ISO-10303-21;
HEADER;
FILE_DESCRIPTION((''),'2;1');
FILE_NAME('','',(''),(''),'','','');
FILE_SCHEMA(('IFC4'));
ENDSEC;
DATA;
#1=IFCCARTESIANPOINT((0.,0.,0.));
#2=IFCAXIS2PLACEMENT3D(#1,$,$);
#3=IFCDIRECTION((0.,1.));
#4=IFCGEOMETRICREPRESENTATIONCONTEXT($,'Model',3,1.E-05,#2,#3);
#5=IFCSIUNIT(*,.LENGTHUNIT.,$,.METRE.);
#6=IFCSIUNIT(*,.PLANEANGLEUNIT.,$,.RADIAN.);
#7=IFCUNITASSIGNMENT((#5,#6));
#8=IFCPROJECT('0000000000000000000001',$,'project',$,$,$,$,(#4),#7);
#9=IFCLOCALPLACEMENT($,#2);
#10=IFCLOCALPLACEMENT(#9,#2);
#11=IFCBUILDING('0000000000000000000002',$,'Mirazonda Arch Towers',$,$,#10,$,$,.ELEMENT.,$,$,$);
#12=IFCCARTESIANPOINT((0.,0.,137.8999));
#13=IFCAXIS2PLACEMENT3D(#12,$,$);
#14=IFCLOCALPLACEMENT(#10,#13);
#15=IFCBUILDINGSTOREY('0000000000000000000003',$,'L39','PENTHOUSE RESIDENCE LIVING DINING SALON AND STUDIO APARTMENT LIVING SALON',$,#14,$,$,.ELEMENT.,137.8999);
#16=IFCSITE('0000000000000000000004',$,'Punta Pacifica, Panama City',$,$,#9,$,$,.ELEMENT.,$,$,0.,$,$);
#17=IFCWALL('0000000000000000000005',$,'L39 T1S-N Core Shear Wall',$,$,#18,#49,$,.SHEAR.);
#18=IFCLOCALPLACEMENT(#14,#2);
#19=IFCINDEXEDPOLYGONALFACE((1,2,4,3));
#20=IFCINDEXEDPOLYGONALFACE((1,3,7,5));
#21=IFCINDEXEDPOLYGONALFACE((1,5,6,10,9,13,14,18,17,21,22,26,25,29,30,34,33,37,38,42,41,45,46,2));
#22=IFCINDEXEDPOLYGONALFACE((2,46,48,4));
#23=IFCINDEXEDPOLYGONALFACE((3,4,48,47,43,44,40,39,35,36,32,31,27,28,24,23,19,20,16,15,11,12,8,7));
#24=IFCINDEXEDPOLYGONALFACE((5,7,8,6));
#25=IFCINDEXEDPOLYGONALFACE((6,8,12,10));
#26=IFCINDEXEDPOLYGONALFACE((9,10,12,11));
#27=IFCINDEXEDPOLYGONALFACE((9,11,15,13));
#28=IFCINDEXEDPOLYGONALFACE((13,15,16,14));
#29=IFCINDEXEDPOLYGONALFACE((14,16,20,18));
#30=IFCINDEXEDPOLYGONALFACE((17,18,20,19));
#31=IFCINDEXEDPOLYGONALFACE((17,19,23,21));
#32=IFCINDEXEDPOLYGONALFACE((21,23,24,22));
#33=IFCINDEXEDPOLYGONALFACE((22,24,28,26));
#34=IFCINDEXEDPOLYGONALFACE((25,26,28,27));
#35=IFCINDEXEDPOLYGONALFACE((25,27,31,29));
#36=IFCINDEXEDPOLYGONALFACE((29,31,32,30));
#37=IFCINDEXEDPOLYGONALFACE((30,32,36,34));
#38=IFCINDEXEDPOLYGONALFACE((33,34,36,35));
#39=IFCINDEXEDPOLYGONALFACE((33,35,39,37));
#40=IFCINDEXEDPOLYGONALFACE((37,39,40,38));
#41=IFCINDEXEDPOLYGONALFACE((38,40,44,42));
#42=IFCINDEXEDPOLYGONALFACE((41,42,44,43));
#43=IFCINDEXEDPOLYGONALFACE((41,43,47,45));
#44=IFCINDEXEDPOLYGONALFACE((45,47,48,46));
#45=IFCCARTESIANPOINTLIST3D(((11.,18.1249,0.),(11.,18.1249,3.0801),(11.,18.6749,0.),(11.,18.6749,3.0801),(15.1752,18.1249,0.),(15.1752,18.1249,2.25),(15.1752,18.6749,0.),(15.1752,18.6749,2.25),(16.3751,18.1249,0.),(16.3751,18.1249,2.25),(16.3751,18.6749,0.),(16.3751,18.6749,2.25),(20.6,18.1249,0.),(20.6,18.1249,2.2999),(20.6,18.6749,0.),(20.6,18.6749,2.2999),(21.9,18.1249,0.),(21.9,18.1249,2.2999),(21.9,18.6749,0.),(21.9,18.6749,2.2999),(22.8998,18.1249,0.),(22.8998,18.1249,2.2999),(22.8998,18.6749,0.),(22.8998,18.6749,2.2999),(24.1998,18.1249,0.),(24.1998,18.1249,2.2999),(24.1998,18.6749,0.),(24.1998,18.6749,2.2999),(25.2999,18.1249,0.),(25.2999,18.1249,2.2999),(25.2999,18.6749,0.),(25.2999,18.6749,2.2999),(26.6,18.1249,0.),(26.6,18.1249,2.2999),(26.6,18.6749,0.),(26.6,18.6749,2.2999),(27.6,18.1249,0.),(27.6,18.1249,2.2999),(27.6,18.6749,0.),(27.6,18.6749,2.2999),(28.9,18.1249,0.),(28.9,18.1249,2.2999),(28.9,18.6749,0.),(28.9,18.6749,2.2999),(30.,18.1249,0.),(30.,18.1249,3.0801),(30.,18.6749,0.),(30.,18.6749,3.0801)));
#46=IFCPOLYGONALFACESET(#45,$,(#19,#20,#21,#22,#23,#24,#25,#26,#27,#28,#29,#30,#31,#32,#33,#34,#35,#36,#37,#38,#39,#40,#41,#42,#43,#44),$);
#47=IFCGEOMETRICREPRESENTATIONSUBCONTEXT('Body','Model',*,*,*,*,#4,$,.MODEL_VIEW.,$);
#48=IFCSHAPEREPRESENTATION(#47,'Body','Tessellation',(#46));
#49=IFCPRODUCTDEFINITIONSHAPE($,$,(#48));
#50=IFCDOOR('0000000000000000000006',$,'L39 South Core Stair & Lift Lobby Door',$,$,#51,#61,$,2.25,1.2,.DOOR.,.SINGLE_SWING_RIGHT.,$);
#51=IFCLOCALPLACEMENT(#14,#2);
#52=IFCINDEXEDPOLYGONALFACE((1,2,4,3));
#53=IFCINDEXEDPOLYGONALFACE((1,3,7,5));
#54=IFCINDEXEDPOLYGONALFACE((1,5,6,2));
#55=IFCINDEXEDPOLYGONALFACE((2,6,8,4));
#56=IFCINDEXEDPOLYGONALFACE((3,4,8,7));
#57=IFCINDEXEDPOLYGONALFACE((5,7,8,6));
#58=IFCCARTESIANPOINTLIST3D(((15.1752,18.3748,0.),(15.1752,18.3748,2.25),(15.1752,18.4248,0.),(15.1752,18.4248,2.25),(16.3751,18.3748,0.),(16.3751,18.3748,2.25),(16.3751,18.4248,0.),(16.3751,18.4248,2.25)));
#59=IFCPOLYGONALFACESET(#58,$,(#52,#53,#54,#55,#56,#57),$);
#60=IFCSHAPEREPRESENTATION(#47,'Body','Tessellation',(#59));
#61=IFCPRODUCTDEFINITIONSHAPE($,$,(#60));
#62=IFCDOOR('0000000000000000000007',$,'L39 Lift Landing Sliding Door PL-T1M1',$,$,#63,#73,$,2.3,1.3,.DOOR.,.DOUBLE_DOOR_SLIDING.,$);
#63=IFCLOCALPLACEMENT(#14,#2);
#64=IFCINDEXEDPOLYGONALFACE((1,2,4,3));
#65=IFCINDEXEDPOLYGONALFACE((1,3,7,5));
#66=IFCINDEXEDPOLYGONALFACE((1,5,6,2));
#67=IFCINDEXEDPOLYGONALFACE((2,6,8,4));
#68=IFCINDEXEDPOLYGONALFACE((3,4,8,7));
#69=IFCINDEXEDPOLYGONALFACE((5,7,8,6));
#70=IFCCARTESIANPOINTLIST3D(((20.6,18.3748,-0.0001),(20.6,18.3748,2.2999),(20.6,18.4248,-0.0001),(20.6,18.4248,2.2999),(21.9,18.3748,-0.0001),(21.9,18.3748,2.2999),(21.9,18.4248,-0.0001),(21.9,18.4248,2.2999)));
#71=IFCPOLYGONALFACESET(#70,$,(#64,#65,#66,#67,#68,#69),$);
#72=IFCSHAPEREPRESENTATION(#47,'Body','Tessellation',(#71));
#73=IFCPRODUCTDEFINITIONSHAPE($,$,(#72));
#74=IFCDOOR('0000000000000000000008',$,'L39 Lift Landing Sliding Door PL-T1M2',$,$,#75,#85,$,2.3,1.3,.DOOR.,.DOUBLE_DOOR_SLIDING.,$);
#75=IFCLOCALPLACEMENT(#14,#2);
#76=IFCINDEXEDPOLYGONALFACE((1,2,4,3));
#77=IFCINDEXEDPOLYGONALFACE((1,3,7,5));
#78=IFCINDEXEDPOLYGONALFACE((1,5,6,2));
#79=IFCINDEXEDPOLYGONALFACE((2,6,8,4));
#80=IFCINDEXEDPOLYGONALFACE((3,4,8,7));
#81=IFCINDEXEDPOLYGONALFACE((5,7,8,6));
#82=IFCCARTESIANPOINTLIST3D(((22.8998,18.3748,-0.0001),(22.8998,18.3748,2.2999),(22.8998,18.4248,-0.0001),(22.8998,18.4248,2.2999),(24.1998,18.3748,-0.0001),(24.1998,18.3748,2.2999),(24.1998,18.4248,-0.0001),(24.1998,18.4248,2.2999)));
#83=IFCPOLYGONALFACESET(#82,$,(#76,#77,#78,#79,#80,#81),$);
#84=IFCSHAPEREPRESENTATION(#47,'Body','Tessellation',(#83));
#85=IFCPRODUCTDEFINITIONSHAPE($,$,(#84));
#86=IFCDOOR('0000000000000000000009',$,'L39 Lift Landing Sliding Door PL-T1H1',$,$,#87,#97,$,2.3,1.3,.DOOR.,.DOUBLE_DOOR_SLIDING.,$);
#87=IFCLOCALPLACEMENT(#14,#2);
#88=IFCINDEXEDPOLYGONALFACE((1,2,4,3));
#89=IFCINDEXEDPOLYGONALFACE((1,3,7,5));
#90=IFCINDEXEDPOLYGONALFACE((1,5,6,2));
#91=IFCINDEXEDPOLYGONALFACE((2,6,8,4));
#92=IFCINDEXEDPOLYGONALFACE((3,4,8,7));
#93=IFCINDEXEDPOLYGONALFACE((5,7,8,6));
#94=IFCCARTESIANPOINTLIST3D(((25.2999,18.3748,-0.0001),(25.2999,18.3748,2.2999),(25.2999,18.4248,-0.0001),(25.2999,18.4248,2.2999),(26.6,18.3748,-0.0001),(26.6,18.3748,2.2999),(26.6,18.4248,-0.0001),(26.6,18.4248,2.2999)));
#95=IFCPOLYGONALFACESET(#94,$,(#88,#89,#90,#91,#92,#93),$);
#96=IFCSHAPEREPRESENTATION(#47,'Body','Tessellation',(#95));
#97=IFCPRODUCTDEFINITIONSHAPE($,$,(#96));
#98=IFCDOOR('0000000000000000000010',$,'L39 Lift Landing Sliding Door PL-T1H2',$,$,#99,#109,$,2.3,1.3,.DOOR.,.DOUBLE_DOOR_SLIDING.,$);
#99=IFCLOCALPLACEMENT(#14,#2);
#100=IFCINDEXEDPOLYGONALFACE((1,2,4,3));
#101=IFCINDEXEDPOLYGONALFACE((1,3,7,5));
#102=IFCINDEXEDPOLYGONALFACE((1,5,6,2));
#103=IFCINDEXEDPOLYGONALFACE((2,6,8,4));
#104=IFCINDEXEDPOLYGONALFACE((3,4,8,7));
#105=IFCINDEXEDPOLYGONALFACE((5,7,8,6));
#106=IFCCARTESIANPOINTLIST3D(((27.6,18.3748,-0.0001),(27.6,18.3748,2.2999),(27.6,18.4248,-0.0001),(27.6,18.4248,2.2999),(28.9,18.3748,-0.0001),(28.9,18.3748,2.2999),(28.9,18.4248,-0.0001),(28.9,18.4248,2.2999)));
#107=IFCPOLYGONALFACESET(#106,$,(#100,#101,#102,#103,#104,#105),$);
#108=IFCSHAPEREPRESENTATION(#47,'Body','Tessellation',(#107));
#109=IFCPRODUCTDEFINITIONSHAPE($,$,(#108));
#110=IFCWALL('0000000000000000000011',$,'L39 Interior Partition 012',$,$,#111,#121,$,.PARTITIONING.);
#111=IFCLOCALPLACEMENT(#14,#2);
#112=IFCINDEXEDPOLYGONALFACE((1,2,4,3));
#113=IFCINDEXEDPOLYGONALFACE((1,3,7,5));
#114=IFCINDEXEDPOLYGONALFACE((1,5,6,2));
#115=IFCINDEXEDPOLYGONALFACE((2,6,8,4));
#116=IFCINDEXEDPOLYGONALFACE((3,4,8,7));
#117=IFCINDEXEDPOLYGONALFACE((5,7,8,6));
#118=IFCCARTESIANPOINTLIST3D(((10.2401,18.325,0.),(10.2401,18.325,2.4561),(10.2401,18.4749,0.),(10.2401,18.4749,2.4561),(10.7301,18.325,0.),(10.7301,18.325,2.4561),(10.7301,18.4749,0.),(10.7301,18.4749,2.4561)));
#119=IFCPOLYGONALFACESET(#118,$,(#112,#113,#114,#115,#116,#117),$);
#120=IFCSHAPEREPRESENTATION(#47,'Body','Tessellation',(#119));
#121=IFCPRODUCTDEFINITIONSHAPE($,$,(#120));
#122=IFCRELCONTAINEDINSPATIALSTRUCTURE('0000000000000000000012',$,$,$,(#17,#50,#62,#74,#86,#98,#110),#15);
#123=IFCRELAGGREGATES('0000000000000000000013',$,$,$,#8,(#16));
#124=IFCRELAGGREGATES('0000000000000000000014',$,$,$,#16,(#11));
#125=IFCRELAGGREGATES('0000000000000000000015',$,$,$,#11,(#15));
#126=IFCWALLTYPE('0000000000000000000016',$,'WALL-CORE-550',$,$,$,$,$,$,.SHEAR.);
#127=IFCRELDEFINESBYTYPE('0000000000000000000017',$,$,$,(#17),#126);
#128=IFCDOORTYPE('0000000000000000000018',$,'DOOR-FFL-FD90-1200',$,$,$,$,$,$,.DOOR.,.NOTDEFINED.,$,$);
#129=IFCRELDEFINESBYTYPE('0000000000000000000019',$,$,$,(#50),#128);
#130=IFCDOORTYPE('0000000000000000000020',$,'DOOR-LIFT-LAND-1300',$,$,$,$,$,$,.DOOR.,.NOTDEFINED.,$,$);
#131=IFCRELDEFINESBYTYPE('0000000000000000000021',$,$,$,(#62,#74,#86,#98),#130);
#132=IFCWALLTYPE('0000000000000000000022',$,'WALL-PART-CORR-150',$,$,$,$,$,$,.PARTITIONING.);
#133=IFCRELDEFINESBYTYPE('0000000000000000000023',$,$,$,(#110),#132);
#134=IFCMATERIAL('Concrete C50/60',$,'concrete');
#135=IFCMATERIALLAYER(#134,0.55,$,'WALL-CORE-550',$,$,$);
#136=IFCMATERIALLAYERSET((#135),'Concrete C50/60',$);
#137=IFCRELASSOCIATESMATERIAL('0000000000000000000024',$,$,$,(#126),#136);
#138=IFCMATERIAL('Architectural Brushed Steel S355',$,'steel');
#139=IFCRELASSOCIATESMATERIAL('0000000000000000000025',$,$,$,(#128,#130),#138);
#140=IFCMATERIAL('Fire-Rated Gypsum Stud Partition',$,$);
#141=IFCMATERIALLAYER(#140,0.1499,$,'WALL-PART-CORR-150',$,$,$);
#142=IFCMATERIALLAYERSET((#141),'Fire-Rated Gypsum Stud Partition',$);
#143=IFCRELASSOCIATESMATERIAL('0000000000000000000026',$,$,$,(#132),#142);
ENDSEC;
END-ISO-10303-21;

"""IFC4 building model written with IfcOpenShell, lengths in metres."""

from ifc_helpers import new_model, si_unit, direction, frame, frame_2d, origin, place, context, subcontext, project, spatial, rectangle, extrude, material, layer, layer_set, type_object, element, fill, save


model = new_model("IFC4")

# Units and contexts
model_context = context("Model", 3, precision=1e-05, world=origin(), true_north=direction((0.0, 1.0)))
body_context = subcontext(model_context, "Body", "Model", "MODEL_VIEW")
ifc_project = project(units=[si_unit("LENGTHUNIT", "METRE"), si_unit("PLANEANGLEUNIT", "RADIAN")], contexts=[model_context])

# Site, building, storey
site_placement = place(None, origin())
site = spatial("IfcSite", under=ifc_project, at=site_placement, Name="Punta Pacifica, Panama City", CompositionType="ELEMENT", RefElevation=0.0)
building_placement = place(site_placement, origin())
building = spatial("IfcBuilding", under=site, at=building_placement, Name="Mirazonda Arch Towers", CompositionType="ELEMENT")
storey_placement = place(building_placement, frame((0.0, 0.0, 137.8999)))
storey = spatial("IfcBuildingStorey", under=building, at=storey_placement, Name="L39", Description="PENTHOUSE RESIDENCE LIVING DINING SALON AND STUDIO APARTMENT LIVING SALON", CompositionType="ELEMENT", Elevation=137.8999)

# Shared definitions
ifc_material_1 = material(Name="Concrete C50/60", Category="concrete")

# Shared definitions
ifc_material_2 = material(Name="Architectural Brushed Steel S355", Category="steel")

# Wall, openings, doors
ifc_layer_1 = layer(ifc_material_1, 0.55, Name="WALL-CORE-550")
ifc_layer_set_1 = layer_set([ifc_layer_1], Name="Concrete C50/60")
wall_type_1 = type_object("IfcWallType", Name="WALL-CORE-550", PredefinedType="SHEAR", material=ifc_layer_set_1)
wall_1_placement = place(storey_placement, frame((11.0, 18.3999, 0.0), z_axis=(0.0, 0.0, 1.0), x_axis=(1.0, 0.0, 0.0)))
wall_1 = element("IfcWall", 1, at=wall_1_placement, inside=storey, type_object=wall_type_1, Name="L39 T1S-N Core Shear Wall", PredefinedType="SHEAR", context=body_context, shape_type="SweptSolid", body=[
    extrude(rectangle(XDim=19.0, YDim=0.55, at=frame_2d((9.5, 0.0))), origin(), (0.0, 0.0, 1.0), 3.0801),
])
opening_1_placement = place(wall_1_placement, frame((4.175, 0.0, 0.0)))
opening_1 = element("IfcOpeningElement", 2, at=opening_1_placement, cuts=wall_1, PredefinedType="OPENING", context=body_context, shape_type="SweptSolid", body=[
    extrude(rectangle(XDim=1.2, YDim=2.25, at=frame_2d((0.6001, 1.125))), frame((0.0, 0.2849, 0.0), z_axis=(0.0, -1.0, 0.0), x_axis=(1.0, 0.0, 0.0)), (0.0, 0.0, 1.0), 0.5701),
])
opening_2_placement = place(wall_1_placement, frame((9.6001, 0.0, 0.0)))
opening_2 = element("IfcOpeningElement", 3, at=opening_2_placement, cuts=wall_1, PredefinedType="OPENING", context=body_context, shape_type="SweptSolid", body=[
    extrude(rectangle(XDim=1.3, YDim=2.3, at=frame_2d((0.6499, 1.1499))), frame((0.0, 0.2849, 0.0), z_axis=(0.0, -1.0, 0.0), x_axis=(1.0, 0.0, 0.0)), (0.0, 0.0, 1.0), 0.5701),
])
opening_3_placement = place(wall_1_placement, frame((11.8999, 0.0, 0.0)))
opening_3 = element("IfcOpeningElement", 4, at=opening_3_placement, cuts=wall_1, PredefinedType="OPENING", context=body_context, shape_type="SweptSolid", body=[
    extrude(rectangle(XDim=1.3, YDim=2.3, at=frame_2d((0.6499, 1.1499))), frame((0.0, 0.2849, 0.0), z_axis=(0.0, -1.0, 0.0), x_axis=(1.0, 0.0, 0.0)), (0.0, 0.0, 1.0), 0.5701),
])
opening_4_placement = place(wall_1_placement, frame((14.3, 0.0, 0.0)))
opening_4 = element("IfcOpeningElement", 5, at=opening_4_placement, cuts=wall_1, PredefinedType="OPENING", context=body_context, shape_type="SweptSolid", body=[
    extrude(rectangle(XDim=1.3, YDim=2.3, at=frame_2d((0.6499, 1.1499))), frame((0.0, 0.2849, 0.0), z_axis=(0.0, -1.0, 0.0), x_axis=(1.0, 0.0, 0.0)), (0.0, 0.0, 1.0), 0.5701),
])
opening_5_placement = place(wall_1_placement, frame((16.6001, 0.0, 0.0)))
opening_5 = element("IfcOpeningElement", 6, at=opening_5_placement, cuts=wall_1, PredefinedType="OPENING", context=body_context, shape_type="SweptSolid", body=[
    extrude(rectangle(XDim=1.3, YDim=2.3, at=frame_2d((0.6499, 1.1499))), frame((0.0, 0.2849, 0.0), z_axis=(0.0, -1.0, 0.0), x_axis=(1.0, 0.0, 0.0)), (0.0, 0.0, 1.0), 0.5701),
])
door_type_1 = type_object("IfcDoorType", Name="DOOR-FFL-FD90-1200", OperationType="NOTDEFINED", PredefinedType="DOOR", material=ifc_material_2)
door_1_placement = place(opening_1_placement, origin())
door_1 = element("IfcDoor", 7, at=door_1_placement, inside=storey, type_object=door_type_1, Name="L39 South Core Stair & Lift Lobby Door", OperationType="SINGLE_SWING_RIGHT", OverallHeight=2.25, OverallWidth=1.2, PredefinedType="DOOR", context=body_context, shape_type="SweptSolid", body=[
    extrude(rectangle(XDim=1.2, YDim=2.25, at=frame_2d((0.6001, 1.125))), frame((0.0, 0.0249, 0.0), z_axis=(0.0, -1.0, 0.0), x_axis=(1.0, 0.0, 0.0)), (0.0, 0.0, 1.0), 0.05),
])
fill(opening_1, door_1)
door_type_2 = type_object("IfcDoorType", Name="DOOR-LIFT-LAND-1300", OperationType="NOTDEFINED", PredefinedType="DOOR", material=ifc_material_2)
door_2_placement = place(opening_2_placement, origin())
door_2 = element("IfcDoor", 8, at=door_2_placement, inside=storey, type_object=door_type_2, Name="L39 Lift Landing Sliding Door PL-T1M1", OperationType="DOUBLE_DOOR_SLIDING", OverallHeight=2.3, OverallWidth=1.3, PredefinedType="DOOR", context=body_context, shape_type="SweptSolid", body=[
    extrude(rectangle(XDim=1.3, YDim=2.3, at=frame_2d((0.6499, 1.1499))), frame((0.0, 0.0249, 0.0), z_axis=(0.0, -1.0, 0.0), x_axis=(1.0, 0.0, 0.0)), (0.0, 0.0, 1.0), 0.05),
])
fill(opening_2, door_2)
door_3_placement = place(opening_3_placement, origin())
door_3 = element("IfcDoor", 9, at=door_3_placement, inside=storey, type_object=door_type_2, Name="L39 Lift Landing Sliding Door PL-T1M2", OperationType="DOUBLE_DOOR_SLIDING", OverallHeight=2.3, OverallWidth=1.3, PredefinedType="DOOR", context=body_context, shape_type="SweptSolid", body=[
    extrude(rectangle(XDim=1.3, YDim=2.3, at=frame_2d((0.6499, 1.1499))), frame((0.0, 0.0249, 0.0), z_axis=(0.0, -1.0, 0.0), x_axis=(1.0, 0.0, 0.0)), (0.0, 0.0, 1.0), 0.05),
])
fill(opening_3, door_3)
door_4_placement = place(opening_4_placement, origin())
door_4 = element("IfcDoor", 10, at=door_4_placement, inside=storey, type_object=door_type_2, Name="L39 Lift Landing Sliding Door PL-T1H1", OperationType="DOUBLE_DOOR_SLIDING", OverallHeight=2.3, OverallWidth=1.3, PredefinedType="DOOR", context=body_context, shape_type="SweptSolid", body=[
    extrude(rectangle(XDim=1.3, YDim=2.3, at=frame_2d((0.6499, 1.1499))), frame((0.0, 0.0249, 0.0), z_axis=(0.0, -1.0, 0.0), x_axis=(1.0, 0.0, 0.0)), (0.0, 0.0, 1.0), 0.05),
])
fill(opening_4, door_4)
door_5_placement = place(opening_5_placement, origin())
door_5 = element("IfcDoor", 11, at=door_5_placement, inside=storey, type_object=door_type_2, Name="L39 Lift Landing Sliding Door PL-T1H2", OperationType="DOUBLE_DOOR_SLIDING", OverallHeight=2.3, OverallWidth=1.3, PredefinedType="DOOR", context=body_context, shape_type="SweptSolid", body=[
    extrude(rectangle(XDim=1.3, YDim=2.3, at=frame_2d((0.6499, 1.1499))), frame((0.0, 0.0249, 0.0), z_axis=(0.0, -1.0, 0.0), x_axis=(1.0, 0.0, 0.0)), (0.0, 0.0, 1.0), 0.05),
])
fill(opening_5, door_5)

# Wall
ifc_material_3 = material(Name="Fire-Rated Gypsum Stud Partition")
ifc_layer_2 = layer(ifc_material_3, 0.1499, Name="WALL-PART-CORR-150")
ifc_layer_set_2 = layer_set([ifc_layer_2], Name="Fire-Rated Gypsum Stud Partition")
wall_type_2 = type_object("IfcWallType", Name="WALL-PART-CORR-150", PredefinedType="PARTITIONING", material=ifc_layer_set_2)
wall_2_placement = place(storey_placement, frame((10.24, 18.3999, 0.0), z_axis=(0.0, 0.0, 1.0), x_axis=(1.0, 0.0, 0.0)))
element("IfcWall", 12, at=wall_2_placement, inside=storey, type_object=wall_type_2, Name="L39 Interior Partition 012", PredefinedType="PARTITIONING", context=body_context, shape_type="SweptSolid", body=[
    extrude(rectangle(XDim=0.49, YDim=0.1499, at=frame_2d((0.2451, 0.0))), origin(), (0.0, 0.0, 1.0), 2.4561),
])

save(model, "model.ifc")
